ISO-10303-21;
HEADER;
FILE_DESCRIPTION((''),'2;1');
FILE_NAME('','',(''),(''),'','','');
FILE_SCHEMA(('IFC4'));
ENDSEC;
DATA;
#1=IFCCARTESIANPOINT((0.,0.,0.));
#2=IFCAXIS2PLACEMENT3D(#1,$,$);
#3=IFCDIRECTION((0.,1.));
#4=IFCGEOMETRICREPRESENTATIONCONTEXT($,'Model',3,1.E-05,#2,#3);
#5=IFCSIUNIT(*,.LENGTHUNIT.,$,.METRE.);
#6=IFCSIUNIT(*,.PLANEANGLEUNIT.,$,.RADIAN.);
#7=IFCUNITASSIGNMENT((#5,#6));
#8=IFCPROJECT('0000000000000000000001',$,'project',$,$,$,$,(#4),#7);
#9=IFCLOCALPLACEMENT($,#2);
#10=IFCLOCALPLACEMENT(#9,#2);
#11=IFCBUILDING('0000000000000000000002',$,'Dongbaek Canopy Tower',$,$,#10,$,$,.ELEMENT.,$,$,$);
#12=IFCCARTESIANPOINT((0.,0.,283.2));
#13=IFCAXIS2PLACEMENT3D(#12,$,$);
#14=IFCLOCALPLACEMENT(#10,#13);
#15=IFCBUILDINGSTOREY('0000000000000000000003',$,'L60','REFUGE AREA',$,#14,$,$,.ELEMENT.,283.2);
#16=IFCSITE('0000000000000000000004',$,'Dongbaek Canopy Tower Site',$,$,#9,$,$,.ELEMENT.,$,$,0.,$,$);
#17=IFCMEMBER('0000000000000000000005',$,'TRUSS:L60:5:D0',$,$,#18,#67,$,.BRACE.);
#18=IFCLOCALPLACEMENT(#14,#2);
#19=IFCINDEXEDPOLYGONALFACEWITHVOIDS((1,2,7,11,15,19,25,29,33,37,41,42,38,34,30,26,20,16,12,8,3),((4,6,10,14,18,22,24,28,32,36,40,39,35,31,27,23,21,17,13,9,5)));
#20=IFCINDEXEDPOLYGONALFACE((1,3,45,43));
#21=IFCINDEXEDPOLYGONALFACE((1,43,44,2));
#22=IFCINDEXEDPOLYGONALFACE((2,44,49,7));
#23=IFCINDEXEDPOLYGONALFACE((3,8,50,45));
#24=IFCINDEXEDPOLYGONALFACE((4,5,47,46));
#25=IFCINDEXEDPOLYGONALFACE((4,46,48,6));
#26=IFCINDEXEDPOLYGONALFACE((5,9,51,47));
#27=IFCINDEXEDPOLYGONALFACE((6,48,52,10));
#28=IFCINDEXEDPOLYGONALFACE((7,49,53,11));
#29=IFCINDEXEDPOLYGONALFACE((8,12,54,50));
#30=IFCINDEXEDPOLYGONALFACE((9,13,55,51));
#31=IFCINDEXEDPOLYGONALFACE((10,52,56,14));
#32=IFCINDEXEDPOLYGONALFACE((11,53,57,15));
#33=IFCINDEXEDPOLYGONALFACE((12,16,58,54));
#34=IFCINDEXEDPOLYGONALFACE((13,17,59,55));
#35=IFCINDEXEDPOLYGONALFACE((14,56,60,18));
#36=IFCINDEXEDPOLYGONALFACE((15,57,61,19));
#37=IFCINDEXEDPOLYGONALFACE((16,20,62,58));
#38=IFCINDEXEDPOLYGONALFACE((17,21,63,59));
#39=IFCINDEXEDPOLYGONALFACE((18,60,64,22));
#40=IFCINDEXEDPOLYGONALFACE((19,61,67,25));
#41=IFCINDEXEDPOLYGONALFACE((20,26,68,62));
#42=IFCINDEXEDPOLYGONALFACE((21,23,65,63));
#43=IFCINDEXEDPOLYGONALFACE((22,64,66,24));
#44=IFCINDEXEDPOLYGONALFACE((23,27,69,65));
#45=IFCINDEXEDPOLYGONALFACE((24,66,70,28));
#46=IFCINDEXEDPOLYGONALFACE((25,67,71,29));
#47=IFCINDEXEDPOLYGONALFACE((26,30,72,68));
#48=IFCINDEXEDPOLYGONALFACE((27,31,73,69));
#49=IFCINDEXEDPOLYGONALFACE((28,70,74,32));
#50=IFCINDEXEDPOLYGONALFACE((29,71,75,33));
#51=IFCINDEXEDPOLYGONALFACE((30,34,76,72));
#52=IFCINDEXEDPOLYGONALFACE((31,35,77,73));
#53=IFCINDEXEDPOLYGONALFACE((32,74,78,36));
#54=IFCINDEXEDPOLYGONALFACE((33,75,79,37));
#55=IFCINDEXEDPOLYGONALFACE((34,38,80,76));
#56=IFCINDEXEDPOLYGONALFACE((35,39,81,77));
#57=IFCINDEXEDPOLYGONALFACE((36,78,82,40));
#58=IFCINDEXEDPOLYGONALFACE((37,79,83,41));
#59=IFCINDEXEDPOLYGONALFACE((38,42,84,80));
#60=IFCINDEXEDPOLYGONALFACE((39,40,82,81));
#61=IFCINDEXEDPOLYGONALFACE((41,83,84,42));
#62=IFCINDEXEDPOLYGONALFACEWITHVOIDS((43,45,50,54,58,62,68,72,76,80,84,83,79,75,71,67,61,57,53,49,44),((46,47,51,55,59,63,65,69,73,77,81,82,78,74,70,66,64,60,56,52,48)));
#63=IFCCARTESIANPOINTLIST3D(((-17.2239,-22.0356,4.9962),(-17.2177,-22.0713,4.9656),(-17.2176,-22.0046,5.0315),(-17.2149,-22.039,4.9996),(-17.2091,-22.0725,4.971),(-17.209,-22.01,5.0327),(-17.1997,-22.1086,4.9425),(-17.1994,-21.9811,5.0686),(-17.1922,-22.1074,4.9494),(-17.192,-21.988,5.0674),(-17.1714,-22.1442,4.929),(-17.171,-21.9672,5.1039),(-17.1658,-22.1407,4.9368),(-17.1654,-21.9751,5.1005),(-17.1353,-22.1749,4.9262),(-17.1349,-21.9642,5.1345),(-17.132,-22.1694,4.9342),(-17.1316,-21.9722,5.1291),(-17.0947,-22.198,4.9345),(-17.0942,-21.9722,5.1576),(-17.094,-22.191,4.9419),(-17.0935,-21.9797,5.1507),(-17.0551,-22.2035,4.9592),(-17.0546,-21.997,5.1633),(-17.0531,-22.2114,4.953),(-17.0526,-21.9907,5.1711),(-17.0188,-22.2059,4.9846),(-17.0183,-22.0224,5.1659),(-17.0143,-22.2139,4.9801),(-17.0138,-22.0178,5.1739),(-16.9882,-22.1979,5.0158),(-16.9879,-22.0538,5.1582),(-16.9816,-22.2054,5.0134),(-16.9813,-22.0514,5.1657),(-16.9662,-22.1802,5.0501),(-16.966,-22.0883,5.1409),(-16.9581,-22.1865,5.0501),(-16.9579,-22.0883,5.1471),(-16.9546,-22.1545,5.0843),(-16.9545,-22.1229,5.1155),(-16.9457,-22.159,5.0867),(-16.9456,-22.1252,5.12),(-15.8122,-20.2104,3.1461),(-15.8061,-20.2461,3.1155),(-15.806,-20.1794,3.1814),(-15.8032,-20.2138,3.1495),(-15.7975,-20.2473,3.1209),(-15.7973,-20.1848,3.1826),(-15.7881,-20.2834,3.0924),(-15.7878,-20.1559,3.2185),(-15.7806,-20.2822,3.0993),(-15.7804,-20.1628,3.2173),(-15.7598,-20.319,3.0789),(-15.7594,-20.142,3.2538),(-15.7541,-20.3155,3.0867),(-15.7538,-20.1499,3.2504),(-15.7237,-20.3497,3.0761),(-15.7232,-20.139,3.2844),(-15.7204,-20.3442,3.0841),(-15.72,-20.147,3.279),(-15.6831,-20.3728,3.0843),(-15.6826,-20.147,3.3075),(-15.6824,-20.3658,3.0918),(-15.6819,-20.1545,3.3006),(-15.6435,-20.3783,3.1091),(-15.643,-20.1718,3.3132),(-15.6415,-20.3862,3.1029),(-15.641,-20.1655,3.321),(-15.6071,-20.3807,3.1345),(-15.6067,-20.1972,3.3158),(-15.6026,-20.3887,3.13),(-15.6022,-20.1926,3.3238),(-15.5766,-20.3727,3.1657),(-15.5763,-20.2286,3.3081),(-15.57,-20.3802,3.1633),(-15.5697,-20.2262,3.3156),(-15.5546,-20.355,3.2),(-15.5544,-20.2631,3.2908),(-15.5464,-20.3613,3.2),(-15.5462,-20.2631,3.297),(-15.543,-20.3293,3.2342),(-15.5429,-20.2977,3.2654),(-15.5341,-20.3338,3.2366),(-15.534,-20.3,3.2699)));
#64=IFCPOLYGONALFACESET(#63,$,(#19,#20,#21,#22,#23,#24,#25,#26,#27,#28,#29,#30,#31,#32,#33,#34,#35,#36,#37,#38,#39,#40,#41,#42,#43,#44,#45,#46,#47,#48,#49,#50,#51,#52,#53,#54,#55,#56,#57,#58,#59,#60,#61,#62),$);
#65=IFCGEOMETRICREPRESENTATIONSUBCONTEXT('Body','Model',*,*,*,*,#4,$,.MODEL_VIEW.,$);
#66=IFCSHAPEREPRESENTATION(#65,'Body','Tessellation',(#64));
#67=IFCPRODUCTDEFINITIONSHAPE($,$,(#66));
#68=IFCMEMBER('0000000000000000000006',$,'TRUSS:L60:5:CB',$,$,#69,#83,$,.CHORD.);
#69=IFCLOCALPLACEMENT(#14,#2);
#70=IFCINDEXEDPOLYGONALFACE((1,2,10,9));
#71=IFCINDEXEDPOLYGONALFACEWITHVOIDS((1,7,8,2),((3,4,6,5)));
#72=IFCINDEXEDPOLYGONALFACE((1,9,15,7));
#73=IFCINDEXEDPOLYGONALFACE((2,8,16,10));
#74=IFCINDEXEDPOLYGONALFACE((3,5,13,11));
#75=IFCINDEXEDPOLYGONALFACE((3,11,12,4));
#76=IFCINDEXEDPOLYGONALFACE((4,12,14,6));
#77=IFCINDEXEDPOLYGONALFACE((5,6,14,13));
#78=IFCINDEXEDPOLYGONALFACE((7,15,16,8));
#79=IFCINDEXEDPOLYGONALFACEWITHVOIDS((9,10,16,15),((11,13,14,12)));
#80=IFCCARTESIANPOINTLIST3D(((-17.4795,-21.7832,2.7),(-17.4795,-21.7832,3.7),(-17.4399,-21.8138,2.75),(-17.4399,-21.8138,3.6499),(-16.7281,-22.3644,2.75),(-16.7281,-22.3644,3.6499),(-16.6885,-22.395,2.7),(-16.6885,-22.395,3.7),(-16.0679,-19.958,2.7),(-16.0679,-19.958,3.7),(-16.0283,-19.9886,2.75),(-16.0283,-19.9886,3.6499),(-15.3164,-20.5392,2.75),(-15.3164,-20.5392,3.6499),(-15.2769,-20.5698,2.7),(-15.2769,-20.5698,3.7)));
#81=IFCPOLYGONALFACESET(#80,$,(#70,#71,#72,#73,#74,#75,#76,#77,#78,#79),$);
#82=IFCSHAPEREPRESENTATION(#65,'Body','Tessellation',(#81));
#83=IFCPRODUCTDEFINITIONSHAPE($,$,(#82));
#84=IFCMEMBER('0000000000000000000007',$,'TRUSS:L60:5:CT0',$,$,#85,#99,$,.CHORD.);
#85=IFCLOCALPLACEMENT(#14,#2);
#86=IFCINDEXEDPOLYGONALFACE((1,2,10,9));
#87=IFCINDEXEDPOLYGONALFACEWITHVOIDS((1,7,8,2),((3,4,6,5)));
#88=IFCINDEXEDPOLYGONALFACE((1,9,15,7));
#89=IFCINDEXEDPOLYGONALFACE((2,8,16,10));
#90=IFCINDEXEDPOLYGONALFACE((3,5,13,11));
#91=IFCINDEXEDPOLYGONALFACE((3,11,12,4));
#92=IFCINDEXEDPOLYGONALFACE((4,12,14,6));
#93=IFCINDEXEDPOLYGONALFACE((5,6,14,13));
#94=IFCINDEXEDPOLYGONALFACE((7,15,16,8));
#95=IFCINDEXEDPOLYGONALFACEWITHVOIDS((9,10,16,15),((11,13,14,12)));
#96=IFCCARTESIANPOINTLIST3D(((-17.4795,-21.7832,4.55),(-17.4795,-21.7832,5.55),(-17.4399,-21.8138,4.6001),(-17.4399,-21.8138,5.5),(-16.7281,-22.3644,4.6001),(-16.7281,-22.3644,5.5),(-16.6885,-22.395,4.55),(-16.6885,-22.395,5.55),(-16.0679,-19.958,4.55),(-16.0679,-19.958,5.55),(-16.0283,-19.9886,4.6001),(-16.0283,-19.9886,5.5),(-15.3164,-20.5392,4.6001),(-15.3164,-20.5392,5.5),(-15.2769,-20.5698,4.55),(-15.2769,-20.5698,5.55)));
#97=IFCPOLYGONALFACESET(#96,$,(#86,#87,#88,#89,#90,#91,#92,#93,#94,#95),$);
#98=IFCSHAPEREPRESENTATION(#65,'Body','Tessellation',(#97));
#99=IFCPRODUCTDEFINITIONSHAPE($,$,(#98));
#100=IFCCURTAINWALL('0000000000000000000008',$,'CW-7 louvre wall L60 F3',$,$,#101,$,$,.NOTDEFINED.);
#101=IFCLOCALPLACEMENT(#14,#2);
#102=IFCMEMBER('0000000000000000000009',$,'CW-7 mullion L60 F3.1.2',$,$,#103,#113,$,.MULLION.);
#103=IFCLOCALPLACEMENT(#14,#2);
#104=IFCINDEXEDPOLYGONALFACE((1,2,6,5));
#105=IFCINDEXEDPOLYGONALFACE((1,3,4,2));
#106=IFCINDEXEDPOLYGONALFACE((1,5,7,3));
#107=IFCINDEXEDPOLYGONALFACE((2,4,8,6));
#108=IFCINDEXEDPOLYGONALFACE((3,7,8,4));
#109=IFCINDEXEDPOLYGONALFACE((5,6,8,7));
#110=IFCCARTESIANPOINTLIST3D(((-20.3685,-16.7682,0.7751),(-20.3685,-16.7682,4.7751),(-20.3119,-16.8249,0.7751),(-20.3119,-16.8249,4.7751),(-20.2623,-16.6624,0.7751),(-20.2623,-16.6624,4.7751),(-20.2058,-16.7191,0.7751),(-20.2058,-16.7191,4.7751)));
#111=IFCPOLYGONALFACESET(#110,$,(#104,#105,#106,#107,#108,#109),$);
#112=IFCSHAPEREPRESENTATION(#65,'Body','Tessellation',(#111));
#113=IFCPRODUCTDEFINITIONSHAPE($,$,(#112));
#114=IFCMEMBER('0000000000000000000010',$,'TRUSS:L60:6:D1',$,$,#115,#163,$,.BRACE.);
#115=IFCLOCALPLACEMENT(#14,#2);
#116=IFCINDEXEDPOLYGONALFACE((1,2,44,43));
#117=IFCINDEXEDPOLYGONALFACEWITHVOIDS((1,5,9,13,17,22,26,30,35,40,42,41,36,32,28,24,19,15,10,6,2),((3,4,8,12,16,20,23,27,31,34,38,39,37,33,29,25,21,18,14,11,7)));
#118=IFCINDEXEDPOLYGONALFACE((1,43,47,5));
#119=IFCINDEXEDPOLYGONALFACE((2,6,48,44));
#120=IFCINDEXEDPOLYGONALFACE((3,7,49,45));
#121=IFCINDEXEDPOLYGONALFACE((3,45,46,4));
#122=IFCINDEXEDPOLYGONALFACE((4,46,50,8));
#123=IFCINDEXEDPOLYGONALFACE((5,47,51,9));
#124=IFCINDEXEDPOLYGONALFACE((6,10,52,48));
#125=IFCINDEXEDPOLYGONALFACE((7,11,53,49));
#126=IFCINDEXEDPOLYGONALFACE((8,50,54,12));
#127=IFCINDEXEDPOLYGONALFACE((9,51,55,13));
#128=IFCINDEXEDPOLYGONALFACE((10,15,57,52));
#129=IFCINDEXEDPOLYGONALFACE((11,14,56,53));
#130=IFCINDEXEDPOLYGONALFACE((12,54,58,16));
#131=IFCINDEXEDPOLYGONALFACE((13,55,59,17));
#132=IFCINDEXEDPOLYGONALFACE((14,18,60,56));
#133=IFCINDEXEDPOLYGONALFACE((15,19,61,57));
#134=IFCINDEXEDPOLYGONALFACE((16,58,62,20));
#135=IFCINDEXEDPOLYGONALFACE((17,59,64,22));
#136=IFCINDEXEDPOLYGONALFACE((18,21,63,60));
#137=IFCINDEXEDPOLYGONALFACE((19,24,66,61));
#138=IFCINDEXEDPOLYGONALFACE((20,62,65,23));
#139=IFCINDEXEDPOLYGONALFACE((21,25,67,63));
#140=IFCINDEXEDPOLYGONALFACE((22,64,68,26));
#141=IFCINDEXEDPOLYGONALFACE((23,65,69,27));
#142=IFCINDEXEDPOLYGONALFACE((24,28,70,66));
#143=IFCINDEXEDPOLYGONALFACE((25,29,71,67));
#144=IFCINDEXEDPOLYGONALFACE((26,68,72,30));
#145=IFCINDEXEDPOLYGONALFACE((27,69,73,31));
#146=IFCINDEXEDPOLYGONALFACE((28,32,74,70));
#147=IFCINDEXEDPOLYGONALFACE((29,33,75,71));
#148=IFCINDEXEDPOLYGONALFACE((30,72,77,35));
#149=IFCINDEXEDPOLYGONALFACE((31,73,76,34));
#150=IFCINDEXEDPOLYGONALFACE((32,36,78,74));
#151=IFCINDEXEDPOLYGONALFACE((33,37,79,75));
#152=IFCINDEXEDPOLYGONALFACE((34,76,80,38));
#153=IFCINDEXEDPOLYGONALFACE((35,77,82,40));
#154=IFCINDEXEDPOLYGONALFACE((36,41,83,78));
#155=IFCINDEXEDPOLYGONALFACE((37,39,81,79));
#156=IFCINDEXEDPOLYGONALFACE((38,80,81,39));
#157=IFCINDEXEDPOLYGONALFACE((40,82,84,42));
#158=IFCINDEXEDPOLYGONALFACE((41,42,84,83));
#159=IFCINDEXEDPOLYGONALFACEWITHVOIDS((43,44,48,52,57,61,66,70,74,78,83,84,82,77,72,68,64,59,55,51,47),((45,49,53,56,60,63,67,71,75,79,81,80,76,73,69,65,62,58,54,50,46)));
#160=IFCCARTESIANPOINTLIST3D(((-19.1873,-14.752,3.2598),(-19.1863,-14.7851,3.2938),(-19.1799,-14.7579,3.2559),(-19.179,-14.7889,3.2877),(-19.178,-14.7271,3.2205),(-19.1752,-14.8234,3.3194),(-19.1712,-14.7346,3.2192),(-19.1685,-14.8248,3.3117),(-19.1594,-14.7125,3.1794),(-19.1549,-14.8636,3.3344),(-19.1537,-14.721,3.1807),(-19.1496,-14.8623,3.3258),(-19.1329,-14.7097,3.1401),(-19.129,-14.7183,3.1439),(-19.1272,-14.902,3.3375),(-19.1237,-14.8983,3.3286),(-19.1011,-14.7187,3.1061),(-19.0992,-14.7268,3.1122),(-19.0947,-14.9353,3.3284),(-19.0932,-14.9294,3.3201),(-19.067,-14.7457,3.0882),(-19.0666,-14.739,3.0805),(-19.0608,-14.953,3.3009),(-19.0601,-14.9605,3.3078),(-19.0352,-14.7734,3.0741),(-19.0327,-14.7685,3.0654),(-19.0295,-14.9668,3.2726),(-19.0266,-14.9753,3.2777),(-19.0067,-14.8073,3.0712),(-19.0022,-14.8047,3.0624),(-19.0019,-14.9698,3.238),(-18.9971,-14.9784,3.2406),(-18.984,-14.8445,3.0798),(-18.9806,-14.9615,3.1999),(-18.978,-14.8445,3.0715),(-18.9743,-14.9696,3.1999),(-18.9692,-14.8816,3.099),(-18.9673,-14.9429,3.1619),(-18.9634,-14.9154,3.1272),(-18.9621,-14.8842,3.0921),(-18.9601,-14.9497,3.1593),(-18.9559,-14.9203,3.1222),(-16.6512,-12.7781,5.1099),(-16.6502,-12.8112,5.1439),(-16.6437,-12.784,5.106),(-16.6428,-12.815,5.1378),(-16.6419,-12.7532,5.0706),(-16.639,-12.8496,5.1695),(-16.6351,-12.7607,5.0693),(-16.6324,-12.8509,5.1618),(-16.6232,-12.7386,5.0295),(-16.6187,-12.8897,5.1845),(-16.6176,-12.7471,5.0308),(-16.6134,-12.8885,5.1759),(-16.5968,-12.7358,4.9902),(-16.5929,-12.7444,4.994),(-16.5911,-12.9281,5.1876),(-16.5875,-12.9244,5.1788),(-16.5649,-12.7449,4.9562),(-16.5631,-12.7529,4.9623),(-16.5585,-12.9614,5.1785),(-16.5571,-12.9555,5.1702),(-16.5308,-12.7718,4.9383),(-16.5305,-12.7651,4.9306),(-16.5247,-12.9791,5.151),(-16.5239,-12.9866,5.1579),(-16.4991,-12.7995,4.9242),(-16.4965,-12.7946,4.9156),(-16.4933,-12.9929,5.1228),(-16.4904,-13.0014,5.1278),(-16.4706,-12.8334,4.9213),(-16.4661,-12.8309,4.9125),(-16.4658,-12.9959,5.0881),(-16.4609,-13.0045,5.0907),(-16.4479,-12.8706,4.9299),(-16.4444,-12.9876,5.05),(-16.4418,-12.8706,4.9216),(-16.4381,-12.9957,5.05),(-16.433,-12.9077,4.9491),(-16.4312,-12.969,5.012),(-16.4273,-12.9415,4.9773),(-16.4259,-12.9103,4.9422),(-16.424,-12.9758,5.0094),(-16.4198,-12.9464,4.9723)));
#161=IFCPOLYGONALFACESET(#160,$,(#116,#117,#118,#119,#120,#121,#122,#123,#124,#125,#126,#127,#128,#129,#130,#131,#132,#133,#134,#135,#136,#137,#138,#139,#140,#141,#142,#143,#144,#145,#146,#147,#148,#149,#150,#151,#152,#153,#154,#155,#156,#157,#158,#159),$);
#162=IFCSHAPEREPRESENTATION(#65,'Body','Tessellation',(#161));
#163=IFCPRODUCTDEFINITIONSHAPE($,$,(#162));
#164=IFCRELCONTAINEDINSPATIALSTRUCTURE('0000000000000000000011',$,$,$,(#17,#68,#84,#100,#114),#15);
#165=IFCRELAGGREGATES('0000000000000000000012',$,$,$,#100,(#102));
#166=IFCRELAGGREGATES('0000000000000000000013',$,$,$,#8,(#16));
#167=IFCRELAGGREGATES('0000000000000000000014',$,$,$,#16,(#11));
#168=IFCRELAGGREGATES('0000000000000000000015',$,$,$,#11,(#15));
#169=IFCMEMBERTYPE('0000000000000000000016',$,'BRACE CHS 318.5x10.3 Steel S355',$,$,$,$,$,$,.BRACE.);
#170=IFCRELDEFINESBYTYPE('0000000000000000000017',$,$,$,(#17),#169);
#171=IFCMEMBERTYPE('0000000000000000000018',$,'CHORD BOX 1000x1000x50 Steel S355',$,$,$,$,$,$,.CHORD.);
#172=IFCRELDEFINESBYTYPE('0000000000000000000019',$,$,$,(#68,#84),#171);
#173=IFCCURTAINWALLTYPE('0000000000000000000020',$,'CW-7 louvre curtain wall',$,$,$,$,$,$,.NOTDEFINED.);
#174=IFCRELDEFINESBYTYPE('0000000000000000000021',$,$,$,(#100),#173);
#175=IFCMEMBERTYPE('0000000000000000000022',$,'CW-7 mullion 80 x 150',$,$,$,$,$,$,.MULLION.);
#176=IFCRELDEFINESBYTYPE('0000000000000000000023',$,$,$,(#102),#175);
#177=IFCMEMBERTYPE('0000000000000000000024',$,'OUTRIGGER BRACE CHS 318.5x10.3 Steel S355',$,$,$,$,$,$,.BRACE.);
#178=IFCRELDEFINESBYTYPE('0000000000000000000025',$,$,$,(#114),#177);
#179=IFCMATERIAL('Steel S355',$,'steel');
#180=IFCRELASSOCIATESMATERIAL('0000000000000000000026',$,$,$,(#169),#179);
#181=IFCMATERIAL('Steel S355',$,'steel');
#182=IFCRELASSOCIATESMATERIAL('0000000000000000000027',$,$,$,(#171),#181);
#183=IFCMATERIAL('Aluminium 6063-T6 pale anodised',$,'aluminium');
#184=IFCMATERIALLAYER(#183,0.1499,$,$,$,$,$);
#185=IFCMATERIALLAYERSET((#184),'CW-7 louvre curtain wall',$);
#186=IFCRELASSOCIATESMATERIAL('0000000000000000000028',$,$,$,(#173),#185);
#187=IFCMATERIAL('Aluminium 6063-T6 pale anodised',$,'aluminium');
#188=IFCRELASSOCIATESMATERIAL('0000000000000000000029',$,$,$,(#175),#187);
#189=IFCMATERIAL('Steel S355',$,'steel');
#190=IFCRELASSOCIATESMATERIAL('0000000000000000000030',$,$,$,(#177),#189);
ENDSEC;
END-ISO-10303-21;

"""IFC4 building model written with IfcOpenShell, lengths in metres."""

from ifc_helpers import new_model, si_unit, direction, frame, origin, origin_2d, place, context, subcontext, project, spatial, rectangle, hollow_rectangle, hollow_circle, extrude, material, layer, layer_set, material_profile, profile_set, type_object, element, aggregate, save


model = new_model("IFC4")

# Units and contexts
model_context = context("Model", 3, precision=1e-05, world=origin(), true_north=direction((0.0, 1.0)))
body_context = subcontext(model_context, "Body", "Model", "MODEL_VIEW")
ifc_project = project(units=[si_unit("LENGTHUNIT", "METRE"), si_unit("PLANEANGLEUNIT", "RADIAN")], contexts=[model_context])

# Site, building, storey
site_placement = place(None, origin())
site = spatial("IfcSite", under=ifc_project, at=site_placement, Name="Dongbaek Canopy Tower Site", CompositionType="ELEMENT", RefElevation=0.0)
building_placement = place(site_placement, origin())
building = spatial("IfcBuilding", under=site, at=building_placement, Name="Dongbaek Canopy Tower", CompositionType="ELEMENT")
storey_placement = place(building_placement, frame((0.0, 0.0, 283.2)))
storey = spatial("IfcBuildingStorey", under=building, at=storey_placement, Name="L60", Description="REFUGE AREA", CompositionType="ELEMENT", Elevation=283.2)

# Members
ifc_material_1 = material(Name="Steel S355", Category="steel")
ifc_material_profile_1 = material_profile(ifc_material_1, hollow_circle(Radius=0.1592, WallThickness=0.0103, at=origin_2d()), Name="BRACE CHS 318.5x10.3 Steel S355")
ifc_profile_set_1 = profile_set([ifc_material_profile_1], Name="Steel S355")
member_type_1 = type_object("IfcMemberType", Name="BRACE CHS 318.5x10.3 Steel S355", PredefinedType="BRACE", material=ifc_profile_set_1)
member_1_placement = place(storey_placement, frame((-15.6724, -20.2639, 3.2), z_axis=(-0.4773, -0.617139, 0.625559), x_axis=(0.791024, -0.611785, 0.0)))
element("IfcMember", 1, at=member_1_placement, inside=storey, type_object=member_type_1, Name="TRUSS:L60:5:D0", PredefinedType="BRACE", context=body_context, shape_type="SweptSolid", body=[
    extrude(hollow_circle(Radius=0.1592, WallThickness=0.0103, at=origin_2d()), origin(), (0.0, 0.0, 1.0), 2.9575),
])
ifc_material_2 = material(Name="Steel S355", Category="steel")
ifc_material_profile_2 = material_profile(ifc_material_2, hollow_rectangle(XDim=1.0, YDim=1.0, WallThickness=0.05, at=origin_2d()), Name="CHORD BOX 1000x1000x50 Steel S355")
ifc_profile_set_2 = profile_set([ifc_material_profile_2], Name="Steel S355")
member_type_2 = type_object("IfcMemberType", Name="CHORD BOX 1000x1000x50 Steel S355", PredefinedType="CHORD", material=ifc_profile_set_2)
for number, where, z_axis, x_axis, name in (
    (2, (-15.6724, -20.2639, 3.2), (-0.611785, -0.791024, 0.0), (0.791024, -0.611785, 0.0), "TRUSS:L60:5:CB"),
    (3, (-15.6724, -20.2639, 5.05), (-0.611785, -0.791024, 0.0), (0.791024, -0.611785, 0.0), "TRUSS:L60:5:CT0"),
):
    element("IfcMember", number, at=place(storey_placement, frame(where, z_axis=z_axis, x_axis=x_axis)), inside=storey, type_object=member_type_2, Name=name, PredefinedType="CHORD", context=body_context, shape_type="SweptSolid", body=[
        extrude(hollow_rectangle(XDim=1.0, YDim=1.0, WallThickness=0.05, at=origin_2d()), origin(), (0.0, 0.0, 1.0), 2.3074),
    ])

# Curtain wall, member
ifc_material_3 = material(Name="Aluminium 6063-T6 pale anodised", Category="aluminium")
ifc_layer_1 = layer(ifc_material_3, 0.1499)
ifc_layer_set_1 = layer_set([ifc_layer_1], Name="CW-7 louvre curtain wall")
curtain_wall_type = type_object("IfcCurtainWallType", Name="CW-7 louvre curtain wall", PredefinedType="NOTDEFINED", material=ifc_layer_set_1)
curtain_wall_placement = place(storey_placement, origin())
curtain_wall = element("IfcCurtainWall", 4, at=curtain_wall_placement, inside=storey, type_object=curtain_wall_type, Name="CW-7 louvre wall L60 F3", PredefinedType="NOTDEFINED")
ifc_material_4 = material(Name="Aluminium 6063-T6 pale anodised", Category="aluminium")
ifc_material_profile_3 = material_profile(ifc_material_4, rectangle(XDim=0.1499, YDim=0.0801, at=origin_2d()), Name="CW-7 mullion 80 x 150")
ifc_profile_set_3 = profile_set([ifc_material_profile_3], Name="Aluminium 6063-T6 pale anodised")
member_type_3 = type_object("IfcMemberType", Name="CW-7 mullion 80 x 150", PredefinedType="MULLION", material=ifc_profile_set_3)
member_2_placement = place(storey_placement, frame((-20.2871, -16.7437, 0.7751), z_axis=(0.0, 0.0, 1.0), x_axis=(-0.708443, -0.705768, 0.0)))
member_2 = element("IfcMember", 5, at=member_2_placement, type_object=member_type_3, Name="CW-7 mullion L60 F3.1.2", PredefinedType="MULLION", context=body_context, shape_type="SweptSolid", body=[
    extrude(rectangle(XDim=0.1499, YDim=0.0801, at=origin_2d()), origin(), (0.0, 0.0, 1.0), 4.0),
])

# Member
ifc_material_5 = material(Name="Steel S355", Category="steel")
ifc_material_profile_4 = material_profile(ifc_material_5, hollow_circle(Radius=0.1592, WallThickness=0.0103, at=origin_2d()), Name="OUTRIGGER BRACE CHS 318.5x10.3 Steel S355")
ifc_profile_set_4 = profile_set([ifc_material_profile_4], Name="Steel S355")
member_type_4 = type_object("IfcMemberType", Name="OUTRIGGER BRACE CHS 318.5x10.3 Steel S355", PredefinedType="BRACE", material=ifc_profile_set_4)
member_3_placement = place(storey_placement, frame((-16.5359, -12.8701, 5.05), z_axis=(-0.683919, -0.532295, -0.498916), x_axis=(0.614198, -0.789152, 0.0)))
element("IfcMember", 6, at=member_3_placement, inside=storey, type_object=member_type_4, Name="TRUSS:L60:6:D1", PredefinedType="BRACE", context=body_context, shape_type="SweptSolid", body=[
    extrude(hollow_circle(Radius=0.1592, WallThickness=0.0103, at=origin_2d()), origin(), (0.0, 0.0, 1.0), 3.7083),
])

aggregate(curtain_wall, [member_2])

save(model, "model.ifc")
